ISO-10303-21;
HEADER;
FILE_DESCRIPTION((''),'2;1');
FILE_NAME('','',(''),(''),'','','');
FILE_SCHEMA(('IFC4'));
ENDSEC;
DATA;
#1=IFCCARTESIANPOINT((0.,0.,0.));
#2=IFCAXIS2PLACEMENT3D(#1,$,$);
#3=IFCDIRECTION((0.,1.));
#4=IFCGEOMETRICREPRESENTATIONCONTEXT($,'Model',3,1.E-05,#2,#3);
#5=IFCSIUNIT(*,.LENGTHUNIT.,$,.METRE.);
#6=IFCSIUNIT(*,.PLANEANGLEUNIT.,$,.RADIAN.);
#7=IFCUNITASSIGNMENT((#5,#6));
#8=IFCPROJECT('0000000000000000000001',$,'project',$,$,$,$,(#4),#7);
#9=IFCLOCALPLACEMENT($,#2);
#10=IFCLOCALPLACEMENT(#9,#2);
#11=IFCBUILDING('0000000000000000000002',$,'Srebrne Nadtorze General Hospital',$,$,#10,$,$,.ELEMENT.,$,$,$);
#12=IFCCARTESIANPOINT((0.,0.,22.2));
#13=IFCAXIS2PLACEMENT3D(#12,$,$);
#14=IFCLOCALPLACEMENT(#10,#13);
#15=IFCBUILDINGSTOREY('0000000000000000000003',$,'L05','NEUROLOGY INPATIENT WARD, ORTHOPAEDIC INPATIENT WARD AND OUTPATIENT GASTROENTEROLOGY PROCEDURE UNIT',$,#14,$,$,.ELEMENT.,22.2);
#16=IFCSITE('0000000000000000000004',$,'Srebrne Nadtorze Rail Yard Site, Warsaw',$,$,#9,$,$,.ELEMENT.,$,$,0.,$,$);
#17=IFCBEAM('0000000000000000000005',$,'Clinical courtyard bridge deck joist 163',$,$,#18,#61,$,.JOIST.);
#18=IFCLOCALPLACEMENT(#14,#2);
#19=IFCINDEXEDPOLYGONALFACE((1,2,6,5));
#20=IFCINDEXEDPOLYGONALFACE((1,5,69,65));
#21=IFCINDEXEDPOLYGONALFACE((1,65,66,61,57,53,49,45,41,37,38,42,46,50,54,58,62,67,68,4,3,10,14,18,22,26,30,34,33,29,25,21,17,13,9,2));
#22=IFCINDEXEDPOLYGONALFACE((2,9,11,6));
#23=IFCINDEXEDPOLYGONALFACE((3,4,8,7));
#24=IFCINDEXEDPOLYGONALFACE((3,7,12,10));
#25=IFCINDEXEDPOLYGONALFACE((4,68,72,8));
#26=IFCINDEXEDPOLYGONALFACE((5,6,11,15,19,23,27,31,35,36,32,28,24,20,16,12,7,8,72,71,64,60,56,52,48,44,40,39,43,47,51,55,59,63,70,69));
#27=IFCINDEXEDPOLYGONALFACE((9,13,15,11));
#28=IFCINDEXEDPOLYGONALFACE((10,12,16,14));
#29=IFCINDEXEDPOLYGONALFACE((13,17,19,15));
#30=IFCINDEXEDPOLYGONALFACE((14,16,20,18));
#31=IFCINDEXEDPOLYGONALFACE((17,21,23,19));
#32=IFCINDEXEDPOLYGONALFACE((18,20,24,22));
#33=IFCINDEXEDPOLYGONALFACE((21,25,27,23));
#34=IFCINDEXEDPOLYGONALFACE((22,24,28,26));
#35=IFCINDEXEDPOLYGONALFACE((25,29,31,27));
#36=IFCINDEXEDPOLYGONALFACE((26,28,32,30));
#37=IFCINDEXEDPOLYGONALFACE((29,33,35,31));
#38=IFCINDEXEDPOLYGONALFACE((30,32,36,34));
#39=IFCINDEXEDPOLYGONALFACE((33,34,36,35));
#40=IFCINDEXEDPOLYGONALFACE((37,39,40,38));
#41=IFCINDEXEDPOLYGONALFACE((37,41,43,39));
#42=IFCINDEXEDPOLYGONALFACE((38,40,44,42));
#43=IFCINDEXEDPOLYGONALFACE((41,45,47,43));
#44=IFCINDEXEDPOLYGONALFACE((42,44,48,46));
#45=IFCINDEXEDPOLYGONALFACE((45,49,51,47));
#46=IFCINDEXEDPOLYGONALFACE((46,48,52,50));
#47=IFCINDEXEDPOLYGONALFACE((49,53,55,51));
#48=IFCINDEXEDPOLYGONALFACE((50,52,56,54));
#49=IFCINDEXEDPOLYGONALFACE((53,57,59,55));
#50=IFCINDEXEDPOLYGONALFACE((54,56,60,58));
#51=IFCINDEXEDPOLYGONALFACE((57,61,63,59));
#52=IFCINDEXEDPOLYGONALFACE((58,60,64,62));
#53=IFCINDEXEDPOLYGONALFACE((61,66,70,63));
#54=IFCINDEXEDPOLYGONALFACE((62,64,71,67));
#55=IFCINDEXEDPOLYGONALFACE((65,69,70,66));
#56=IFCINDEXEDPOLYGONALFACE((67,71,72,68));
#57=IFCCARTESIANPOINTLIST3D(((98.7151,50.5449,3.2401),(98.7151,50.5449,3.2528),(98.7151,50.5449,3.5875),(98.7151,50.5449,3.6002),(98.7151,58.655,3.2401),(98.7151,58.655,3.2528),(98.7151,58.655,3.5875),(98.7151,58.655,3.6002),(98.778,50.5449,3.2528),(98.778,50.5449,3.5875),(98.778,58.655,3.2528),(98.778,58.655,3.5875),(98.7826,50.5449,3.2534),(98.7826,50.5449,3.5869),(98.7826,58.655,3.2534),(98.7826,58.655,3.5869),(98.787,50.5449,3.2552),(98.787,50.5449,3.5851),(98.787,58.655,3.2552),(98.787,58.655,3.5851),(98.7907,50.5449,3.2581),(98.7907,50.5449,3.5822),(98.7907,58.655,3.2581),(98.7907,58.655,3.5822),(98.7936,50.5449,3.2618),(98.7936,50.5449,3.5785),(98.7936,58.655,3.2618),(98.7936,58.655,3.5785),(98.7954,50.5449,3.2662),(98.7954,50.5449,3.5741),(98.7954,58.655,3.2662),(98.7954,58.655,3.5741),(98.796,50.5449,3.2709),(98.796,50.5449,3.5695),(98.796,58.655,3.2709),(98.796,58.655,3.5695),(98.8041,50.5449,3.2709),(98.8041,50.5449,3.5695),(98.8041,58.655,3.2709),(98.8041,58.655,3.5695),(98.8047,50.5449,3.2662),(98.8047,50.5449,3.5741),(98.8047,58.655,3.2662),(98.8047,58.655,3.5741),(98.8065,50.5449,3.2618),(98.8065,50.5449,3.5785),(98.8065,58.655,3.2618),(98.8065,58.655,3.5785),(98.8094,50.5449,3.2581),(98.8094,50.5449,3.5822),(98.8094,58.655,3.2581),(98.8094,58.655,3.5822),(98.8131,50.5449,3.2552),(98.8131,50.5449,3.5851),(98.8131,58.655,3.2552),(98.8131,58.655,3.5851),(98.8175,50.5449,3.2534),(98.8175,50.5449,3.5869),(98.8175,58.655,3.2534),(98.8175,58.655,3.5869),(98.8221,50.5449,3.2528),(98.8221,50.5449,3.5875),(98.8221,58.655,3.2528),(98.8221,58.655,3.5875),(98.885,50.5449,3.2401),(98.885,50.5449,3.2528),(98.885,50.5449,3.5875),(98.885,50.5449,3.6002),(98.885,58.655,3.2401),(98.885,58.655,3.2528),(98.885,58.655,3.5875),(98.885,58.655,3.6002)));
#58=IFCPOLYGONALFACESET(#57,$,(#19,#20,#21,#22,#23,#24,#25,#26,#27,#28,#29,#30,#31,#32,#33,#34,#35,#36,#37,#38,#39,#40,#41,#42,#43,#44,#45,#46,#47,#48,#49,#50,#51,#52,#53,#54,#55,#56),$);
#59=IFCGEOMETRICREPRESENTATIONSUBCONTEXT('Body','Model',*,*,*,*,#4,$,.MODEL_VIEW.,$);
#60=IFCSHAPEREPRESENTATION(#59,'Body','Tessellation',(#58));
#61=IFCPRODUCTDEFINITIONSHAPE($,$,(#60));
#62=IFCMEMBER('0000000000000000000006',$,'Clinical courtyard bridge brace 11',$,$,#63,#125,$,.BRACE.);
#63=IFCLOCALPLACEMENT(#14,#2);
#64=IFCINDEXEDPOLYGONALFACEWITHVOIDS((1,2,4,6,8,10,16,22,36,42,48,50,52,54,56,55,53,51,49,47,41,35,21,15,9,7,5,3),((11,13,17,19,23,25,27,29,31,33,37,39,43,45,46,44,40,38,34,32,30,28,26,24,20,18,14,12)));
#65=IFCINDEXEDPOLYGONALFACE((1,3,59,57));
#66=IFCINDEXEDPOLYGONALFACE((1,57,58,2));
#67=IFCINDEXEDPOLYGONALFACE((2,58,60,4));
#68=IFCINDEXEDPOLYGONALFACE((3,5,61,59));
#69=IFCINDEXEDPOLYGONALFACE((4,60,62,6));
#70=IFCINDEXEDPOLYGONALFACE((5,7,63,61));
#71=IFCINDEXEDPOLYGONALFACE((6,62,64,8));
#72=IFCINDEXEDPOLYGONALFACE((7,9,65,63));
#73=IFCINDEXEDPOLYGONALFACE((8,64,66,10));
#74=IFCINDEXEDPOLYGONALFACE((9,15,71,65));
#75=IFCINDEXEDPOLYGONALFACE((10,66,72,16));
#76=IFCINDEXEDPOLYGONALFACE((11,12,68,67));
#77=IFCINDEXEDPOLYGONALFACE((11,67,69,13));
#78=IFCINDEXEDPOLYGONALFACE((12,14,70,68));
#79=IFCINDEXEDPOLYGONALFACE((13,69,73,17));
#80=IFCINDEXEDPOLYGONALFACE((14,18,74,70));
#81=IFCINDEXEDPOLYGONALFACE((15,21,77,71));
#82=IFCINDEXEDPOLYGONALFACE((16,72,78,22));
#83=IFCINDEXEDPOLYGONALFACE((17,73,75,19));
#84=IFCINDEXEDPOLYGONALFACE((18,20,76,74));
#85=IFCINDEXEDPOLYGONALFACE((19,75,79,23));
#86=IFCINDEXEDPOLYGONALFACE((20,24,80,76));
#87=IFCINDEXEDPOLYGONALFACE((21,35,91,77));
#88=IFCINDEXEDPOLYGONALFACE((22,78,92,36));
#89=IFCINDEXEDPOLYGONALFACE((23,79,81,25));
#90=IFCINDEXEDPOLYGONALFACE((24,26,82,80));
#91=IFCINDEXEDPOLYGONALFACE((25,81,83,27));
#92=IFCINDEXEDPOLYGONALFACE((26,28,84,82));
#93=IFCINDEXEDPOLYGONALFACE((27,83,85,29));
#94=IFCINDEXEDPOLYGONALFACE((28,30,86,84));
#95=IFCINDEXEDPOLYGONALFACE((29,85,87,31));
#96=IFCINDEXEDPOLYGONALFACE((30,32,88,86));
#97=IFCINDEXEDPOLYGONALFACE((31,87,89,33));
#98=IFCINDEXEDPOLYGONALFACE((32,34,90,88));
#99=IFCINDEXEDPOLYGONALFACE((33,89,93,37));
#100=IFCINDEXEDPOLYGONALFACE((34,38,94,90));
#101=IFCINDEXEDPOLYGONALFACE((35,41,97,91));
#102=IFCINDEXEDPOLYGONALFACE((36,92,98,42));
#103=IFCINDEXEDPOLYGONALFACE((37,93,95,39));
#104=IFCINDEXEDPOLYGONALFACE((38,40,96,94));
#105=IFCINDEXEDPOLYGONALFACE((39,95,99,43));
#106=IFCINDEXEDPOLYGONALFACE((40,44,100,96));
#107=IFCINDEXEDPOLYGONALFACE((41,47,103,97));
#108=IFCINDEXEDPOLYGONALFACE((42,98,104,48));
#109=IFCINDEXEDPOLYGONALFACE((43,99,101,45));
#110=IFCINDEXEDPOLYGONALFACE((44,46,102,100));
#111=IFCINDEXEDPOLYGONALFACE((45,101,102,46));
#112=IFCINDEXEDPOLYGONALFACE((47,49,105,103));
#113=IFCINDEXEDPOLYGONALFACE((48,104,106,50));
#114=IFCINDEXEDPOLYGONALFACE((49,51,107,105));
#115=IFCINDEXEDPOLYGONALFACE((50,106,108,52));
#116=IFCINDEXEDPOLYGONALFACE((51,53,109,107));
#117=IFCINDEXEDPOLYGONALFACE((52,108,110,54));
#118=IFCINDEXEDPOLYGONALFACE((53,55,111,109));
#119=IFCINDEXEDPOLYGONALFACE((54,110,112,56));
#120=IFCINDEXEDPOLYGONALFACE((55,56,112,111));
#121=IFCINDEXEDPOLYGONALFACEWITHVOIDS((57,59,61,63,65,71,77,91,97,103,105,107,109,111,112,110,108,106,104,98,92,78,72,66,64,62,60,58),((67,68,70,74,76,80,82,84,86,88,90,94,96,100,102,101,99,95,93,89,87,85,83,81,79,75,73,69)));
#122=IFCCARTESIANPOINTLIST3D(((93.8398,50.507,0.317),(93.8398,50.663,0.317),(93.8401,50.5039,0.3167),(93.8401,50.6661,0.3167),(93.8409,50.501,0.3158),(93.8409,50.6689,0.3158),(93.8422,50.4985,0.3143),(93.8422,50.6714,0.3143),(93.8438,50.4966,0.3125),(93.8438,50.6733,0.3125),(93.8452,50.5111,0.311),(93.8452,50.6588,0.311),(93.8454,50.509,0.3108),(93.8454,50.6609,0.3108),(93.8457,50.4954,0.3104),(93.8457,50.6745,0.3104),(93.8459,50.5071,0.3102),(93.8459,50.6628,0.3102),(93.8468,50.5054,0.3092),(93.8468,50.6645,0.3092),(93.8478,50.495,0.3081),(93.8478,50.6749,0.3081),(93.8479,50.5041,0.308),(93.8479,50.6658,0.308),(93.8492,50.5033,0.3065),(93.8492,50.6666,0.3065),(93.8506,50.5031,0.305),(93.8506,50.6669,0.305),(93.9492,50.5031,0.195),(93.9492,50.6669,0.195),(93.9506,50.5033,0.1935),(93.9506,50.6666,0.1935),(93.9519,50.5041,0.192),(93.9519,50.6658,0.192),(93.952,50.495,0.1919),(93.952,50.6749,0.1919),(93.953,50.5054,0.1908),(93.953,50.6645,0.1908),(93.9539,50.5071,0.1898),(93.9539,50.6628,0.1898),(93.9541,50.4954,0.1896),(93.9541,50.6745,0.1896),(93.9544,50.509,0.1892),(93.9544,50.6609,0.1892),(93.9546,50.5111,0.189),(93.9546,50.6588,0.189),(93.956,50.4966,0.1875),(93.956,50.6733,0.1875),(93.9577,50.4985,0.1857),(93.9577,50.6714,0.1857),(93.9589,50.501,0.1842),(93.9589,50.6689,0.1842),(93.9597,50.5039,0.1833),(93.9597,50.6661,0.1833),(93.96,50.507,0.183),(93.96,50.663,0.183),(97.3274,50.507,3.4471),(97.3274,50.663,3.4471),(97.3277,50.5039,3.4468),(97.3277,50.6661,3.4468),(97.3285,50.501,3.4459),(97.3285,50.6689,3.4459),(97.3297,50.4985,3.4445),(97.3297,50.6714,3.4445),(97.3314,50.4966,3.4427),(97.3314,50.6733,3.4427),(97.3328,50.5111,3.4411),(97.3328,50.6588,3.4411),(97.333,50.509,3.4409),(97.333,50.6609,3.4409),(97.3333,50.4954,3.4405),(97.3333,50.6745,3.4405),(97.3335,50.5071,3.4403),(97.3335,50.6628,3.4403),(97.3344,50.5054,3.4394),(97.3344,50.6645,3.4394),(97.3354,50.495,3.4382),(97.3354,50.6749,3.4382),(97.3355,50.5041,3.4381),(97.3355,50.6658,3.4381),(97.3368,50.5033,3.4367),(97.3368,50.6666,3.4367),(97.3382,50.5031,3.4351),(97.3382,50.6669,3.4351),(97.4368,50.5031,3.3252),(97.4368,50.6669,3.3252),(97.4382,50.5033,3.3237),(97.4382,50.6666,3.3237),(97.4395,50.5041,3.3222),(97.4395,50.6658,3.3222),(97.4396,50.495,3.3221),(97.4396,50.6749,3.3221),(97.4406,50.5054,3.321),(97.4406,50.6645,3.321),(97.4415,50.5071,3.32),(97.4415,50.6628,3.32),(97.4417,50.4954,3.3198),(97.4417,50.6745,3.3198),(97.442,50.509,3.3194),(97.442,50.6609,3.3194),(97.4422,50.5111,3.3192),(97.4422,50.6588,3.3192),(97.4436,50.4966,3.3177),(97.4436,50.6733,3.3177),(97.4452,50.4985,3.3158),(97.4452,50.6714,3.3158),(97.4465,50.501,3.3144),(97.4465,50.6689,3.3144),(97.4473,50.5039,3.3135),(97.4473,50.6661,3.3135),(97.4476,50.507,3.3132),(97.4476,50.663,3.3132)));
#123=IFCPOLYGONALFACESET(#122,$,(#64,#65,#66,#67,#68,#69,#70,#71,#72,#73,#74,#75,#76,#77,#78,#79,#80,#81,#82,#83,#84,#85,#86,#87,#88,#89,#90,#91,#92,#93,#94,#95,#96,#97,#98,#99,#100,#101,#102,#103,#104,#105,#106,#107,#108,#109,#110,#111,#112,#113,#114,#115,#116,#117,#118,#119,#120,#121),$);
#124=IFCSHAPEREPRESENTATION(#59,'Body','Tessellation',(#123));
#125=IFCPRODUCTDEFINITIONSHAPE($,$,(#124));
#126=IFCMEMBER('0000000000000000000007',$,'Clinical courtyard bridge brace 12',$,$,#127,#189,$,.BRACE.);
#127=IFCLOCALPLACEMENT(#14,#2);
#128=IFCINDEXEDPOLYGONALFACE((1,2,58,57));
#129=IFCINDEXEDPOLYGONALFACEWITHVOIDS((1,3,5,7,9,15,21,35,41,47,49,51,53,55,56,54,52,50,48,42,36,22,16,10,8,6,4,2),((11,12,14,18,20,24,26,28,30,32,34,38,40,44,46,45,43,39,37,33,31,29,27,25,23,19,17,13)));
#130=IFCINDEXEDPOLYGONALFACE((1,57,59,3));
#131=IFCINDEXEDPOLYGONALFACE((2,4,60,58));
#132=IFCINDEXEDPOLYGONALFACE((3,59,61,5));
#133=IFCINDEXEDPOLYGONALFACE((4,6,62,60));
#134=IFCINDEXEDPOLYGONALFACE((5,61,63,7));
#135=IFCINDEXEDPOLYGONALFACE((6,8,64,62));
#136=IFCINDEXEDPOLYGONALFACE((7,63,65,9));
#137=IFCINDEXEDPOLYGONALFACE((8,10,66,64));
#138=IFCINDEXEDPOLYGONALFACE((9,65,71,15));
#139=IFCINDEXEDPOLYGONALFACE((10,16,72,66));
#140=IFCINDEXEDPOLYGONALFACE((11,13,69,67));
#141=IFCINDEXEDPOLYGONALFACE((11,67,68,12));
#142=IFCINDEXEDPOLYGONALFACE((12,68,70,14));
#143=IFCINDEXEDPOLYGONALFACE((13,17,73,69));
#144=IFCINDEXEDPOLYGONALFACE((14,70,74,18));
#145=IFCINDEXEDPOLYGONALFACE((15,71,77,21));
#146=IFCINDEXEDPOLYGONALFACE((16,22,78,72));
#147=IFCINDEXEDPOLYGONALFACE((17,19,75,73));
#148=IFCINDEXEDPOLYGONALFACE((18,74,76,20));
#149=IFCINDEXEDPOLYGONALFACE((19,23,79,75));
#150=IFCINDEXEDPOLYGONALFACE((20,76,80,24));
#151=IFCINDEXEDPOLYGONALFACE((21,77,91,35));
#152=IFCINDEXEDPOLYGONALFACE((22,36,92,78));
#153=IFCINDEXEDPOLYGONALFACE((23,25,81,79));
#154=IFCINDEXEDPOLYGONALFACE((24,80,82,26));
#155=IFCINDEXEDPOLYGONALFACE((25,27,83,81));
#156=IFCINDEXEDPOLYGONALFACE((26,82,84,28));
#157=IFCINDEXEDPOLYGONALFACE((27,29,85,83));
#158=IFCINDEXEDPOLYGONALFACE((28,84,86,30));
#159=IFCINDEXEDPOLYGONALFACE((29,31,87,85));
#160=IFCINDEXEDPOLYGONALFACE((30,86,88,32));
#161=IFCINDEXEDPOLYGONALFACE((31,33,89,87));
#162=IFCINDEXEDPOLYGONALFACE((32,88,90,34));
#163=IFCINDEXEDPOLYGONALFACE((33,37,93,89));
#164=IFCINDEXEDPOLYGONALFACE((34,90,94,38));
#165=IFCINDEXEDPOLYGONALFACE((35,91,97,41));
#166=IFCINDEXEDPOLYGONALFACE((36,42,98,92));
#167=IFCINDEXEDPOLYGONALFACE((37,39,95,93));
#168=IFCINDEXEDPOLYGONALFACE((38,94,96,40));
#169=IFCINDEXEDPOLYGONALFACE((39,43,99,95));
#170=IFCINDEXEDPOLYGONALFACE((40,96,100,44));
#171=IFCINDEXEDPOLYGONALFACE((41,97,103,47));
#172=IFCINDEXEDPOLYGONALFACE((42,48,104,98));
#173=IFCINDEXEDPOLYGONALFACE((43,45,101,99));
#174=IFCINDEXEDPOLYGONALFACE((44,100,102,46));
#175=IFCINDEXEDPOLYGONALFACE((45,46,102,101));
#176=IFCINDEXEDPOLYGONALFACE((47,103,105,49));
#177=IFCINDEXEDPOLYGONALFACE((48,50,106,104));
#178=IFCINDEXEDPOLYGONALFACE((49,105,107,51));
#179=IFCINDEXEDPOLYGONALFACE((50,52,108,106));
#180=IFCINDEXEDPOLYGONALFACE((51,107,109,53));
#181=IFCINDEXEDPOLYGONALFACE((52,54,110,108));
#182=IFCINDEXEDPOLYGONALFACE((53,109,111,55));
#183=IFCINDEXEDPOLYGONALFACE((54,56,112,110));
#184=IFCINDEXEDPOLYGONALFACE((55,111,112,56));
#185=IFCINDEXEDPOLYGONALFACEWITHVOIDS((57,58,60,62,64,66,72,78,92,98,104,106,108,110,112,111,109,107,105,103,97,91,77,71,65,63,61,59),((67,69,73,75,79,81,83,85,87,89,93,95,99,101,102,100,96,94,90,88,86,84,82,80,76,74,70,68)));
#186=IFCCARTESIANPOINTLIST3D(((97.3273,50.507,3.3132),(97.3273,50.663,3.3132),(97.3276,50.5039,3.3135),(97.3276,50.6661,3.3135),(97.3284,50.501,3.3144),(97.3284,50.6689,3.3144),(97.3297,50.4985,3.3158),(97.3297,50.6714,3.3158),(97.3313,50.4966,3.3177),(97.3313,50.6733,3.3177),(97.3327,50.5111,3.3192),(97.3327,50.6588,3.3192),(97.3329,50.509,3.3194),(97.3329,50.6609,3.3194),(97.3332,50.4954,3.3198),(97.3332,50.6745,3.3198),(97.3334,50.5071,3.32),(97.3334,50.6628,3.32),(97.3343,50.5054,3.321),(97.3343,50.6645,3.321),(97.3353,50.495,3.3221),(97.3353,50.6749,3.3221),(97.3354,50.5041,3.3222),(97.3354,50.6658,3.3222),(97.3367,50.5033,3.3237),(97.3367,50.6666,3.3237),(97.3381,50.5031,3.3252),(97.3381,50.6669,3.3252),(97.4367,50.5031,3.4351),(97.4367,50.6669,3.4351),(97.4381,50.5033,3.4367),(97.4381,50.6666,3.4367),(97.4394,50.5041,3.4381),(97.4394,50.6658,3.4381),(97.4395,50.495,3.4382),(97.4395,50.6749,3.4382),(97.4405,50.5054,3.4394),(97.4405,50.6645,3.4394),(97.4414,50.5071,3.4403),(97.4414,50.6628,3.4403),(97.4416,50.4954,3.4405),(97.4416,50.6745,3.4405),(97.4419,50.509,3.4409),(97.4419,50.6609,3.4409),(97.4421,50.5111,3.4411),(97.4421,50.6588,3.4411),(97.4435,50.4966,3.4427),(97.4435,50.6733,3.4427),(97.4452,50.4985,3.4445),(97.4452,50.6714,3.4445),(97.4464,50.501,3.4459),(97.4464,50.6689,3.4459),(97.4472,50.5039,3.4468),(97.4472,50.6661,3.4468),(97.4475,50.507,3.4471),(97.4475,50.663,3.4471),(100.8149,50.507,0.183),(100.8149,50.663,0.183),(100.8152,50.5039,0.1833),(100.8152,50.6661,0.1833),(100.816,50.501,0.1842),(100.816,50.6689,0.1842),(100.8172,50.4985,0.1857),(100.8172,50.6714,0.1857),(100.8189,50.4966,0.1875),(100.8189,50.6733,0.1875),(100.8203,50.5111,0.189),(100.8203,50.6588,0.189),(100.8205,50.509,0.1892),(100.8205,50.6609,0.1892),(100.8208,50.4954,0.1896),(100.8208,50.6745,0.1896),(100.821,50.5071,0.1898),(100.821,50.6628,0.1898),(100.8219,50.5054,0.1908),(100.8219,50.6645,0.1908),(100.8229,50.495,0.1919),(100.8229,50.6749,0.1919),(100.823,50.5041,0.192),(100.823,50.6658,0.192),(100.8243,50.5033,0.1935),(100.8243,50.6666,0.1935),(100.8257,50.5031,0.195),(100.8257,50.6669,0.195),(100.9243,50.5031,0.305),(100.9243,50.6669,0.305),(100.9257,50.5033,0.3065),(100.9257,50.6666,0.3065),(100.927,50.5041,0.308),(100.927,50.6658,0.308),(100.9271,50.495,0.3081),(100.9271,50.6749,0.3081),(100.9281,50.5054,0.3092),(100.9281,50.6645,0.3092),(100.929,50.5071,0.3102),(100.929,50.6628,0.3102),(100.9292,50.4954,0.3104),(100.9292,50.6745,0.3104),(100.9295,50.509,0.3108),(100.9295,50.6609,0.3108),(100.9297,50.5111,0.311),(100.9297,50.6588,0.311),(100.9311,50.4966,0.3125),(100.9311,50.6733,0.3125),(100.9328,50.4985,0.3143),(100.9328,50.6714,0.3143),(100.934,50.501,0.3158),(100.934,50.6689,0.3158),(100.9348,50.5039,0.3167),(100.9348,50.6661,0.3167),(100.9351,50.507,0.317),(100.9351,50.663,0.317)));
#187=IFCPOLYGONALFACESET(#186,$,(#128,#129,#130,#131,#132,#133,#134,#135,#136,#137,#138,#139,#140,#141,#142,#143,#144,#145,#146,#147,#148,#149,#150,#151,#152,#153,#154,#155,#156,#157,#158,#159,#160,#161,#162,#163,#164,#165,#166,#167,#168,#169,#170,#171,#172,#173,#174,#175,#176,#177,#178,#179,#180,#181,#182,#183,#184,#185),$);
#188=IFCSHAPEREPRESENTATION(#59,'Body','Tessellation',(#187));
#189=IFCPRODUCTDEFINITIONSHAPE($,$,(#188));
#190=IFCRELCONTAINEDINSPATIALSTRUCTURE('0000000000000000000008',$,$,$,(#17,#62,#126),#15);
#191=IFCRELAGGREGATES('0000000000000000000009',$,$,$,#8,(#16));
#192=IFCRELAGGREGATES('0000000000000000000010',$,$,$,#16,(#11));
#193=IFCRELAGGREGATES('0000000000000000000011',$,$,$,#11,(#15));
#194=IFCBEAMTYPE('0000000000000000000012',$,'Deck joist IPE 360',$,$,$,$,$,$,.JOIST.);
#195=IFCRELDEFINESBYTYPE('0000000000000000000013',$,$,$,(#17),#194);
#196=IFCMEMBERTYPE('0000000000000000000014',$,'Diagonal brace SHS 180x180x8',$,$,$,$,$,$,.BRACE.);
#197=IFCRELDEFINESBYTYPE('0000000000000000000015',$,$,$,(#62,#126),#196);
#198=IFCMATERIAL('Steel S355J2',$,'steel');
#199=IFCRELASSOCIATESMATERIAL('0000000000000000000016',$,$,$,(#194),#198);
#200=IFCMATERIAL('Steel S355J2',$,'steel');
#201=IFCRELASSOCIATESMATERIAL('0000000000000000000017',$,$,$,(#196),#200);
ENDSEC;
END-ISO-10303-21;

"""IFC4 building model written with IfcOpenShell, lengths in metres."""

from ifc_helpers import new_model, si_unit, direction, frame, origin, origin_2d, place, context, subcontext, project, spatial, hollow_rectangle, i_section, extrude, material, material_profile, profile_set, type_object, element, save


model = new_model("IFC4")

# Units and contexts
model_context = context("Model", 3, precision=1e-05, world=origin(), true_north=direction((0.0, 1.0)))
body_context = subcontext(model_context, "Body", "Model", "MODEL_VIEW")
ifc_project = project(units=[si_unit("LENGTHUNIT", "METRE"), si_unit("PLANEANGLEUNIT", "RADIAN")], contexts=[model_context])

# Site, building, storey
site_placement = place(None, origin())
site = spatial("IfcSite", under=ifc_project, at=site_placement, Name="Srebrne Nadtorze Rail Yard Site, Warsaw", CompositionType="ELEMENT", RefElevation=0.0)
building_placement = place(site_placement, origin())
building = spatial("IfcBuilding", under=site, at=building_placement, Name="Srebrne Nadtorze General Hospital", CompositionType="ELEMENT")
storey_placement = place(building_placement, frame((0.0, 0.0, 22.2)))
storey = spatial("IfcBuildingStorey", under=building, at=storey_placement, Name="L05", Description="NEUROLOGY INPATIENT WARD, ORTHOPAEDIC INPATIENT WARD AND OUTPATIENT GASTROENTEROLOGY PROCEDURE UNIT", CompositionType="ELEMENT", Elevation=22.2)

# Beam
ifc_material_1 = material(Name="Steel S355J2", Category="steel")
ifc_material_profile_1 = material_profile(ifc_material_1, i_section(OverallWidth=0.1699, OverallDepth=0.3601, WebThickness=0.0081, FlangeThickness=0.0127, FilletRadius=0.0181, at=origin_2d()), Name="IPE-360")
ifc_profile_set_1 = profile_set([ifc_material_profile_1], Name="Steel S355J2")
beam_type_1 = type_object("IfcBeamType", Name="Deck joist IPE 360", PredefinedType="JOIST", material=ifc_profile_set_1)
for number, where, z_axis, x_axis, name in (
    (1, (98.8, 50.5449, 3.4202), (0.0, 1.0, 0.0), (-1.0, 0.0, 0.0), "Clinical courtyard bridge deck joist 163"),
):
    element("IfcBeam", number, at=place(storey_placement, frame(where, z_axis=z_axis, x_axis=x_axis)), inside=storey, type_object=beam_type_1, Name=name, PredefinedType="JOIST", context=body_context, shape_type="SweptSolid", body=[
        extrude(i_section(OverallWidth=0.1699, OverallDepth=0.3601, WebThickness=0.0081, FlangeThickness=0.0127, FilletRadius=0.0181, at=origin_2d()), origin(), (0.0, 0.0, 1.0), 8.1101),
    ])

# Members
ifc_material_2 = material(Name="Steel S355J2", Category="steel")
ifc_material_profile_2 = material_profile(ifc_material_2, hollow_rectangle(XDim=0.1799, YDim=0.1799, WallThickness=0.0081, InnerFilletRadius=0.0081, OuterFilletRadius=0.012, at=origin_2d()), Name="SHS-180x180x8")
ifc_profile_set_2 = profile_set([ifc_material_profile_2], Name="Steel S355J2")
member_type_1 = type_object("IfcMemberType", Name="Diagonal brace SHS 180x180x8", PredefinedType="BRACE", material=ifc_profile_set_2)
for number, where, z_axis, x_axis, name in (
    (2, (93.8999, 50.585, 0.25), (0.744213, 0.0, 0.667942), (0.0, 1.0, 0.0), "Clinical courtyard bridge brace 11"),
    (3, (100.875, 50.585, 0.25), (-0.744213, 0.0, 0.667942), (0.0, -1.0, 0.0), "Clinical courtyard bridge brace 12"),
):
    element("IfcMember", number, at=place(storey_placement, frame(where, z_axis=z_axis, x_axis=x_axis)), inside=storey, type_object=member_type_1, Name=name, PredefinedType="BRACE", context=body_context, shape_type="SweptSolid", body=[
        extrude(hollow_rectangle(XDim=0.1799, YDim=0.1799, WallThickness=0.0081, InnerFilletRadius=0.0081, OuterFilletRadius=0.012, at=origin_2d()), origin(), (0.0, 0.0, 1.0), 4.6863),
    ])

save(model, "model.ifc")
